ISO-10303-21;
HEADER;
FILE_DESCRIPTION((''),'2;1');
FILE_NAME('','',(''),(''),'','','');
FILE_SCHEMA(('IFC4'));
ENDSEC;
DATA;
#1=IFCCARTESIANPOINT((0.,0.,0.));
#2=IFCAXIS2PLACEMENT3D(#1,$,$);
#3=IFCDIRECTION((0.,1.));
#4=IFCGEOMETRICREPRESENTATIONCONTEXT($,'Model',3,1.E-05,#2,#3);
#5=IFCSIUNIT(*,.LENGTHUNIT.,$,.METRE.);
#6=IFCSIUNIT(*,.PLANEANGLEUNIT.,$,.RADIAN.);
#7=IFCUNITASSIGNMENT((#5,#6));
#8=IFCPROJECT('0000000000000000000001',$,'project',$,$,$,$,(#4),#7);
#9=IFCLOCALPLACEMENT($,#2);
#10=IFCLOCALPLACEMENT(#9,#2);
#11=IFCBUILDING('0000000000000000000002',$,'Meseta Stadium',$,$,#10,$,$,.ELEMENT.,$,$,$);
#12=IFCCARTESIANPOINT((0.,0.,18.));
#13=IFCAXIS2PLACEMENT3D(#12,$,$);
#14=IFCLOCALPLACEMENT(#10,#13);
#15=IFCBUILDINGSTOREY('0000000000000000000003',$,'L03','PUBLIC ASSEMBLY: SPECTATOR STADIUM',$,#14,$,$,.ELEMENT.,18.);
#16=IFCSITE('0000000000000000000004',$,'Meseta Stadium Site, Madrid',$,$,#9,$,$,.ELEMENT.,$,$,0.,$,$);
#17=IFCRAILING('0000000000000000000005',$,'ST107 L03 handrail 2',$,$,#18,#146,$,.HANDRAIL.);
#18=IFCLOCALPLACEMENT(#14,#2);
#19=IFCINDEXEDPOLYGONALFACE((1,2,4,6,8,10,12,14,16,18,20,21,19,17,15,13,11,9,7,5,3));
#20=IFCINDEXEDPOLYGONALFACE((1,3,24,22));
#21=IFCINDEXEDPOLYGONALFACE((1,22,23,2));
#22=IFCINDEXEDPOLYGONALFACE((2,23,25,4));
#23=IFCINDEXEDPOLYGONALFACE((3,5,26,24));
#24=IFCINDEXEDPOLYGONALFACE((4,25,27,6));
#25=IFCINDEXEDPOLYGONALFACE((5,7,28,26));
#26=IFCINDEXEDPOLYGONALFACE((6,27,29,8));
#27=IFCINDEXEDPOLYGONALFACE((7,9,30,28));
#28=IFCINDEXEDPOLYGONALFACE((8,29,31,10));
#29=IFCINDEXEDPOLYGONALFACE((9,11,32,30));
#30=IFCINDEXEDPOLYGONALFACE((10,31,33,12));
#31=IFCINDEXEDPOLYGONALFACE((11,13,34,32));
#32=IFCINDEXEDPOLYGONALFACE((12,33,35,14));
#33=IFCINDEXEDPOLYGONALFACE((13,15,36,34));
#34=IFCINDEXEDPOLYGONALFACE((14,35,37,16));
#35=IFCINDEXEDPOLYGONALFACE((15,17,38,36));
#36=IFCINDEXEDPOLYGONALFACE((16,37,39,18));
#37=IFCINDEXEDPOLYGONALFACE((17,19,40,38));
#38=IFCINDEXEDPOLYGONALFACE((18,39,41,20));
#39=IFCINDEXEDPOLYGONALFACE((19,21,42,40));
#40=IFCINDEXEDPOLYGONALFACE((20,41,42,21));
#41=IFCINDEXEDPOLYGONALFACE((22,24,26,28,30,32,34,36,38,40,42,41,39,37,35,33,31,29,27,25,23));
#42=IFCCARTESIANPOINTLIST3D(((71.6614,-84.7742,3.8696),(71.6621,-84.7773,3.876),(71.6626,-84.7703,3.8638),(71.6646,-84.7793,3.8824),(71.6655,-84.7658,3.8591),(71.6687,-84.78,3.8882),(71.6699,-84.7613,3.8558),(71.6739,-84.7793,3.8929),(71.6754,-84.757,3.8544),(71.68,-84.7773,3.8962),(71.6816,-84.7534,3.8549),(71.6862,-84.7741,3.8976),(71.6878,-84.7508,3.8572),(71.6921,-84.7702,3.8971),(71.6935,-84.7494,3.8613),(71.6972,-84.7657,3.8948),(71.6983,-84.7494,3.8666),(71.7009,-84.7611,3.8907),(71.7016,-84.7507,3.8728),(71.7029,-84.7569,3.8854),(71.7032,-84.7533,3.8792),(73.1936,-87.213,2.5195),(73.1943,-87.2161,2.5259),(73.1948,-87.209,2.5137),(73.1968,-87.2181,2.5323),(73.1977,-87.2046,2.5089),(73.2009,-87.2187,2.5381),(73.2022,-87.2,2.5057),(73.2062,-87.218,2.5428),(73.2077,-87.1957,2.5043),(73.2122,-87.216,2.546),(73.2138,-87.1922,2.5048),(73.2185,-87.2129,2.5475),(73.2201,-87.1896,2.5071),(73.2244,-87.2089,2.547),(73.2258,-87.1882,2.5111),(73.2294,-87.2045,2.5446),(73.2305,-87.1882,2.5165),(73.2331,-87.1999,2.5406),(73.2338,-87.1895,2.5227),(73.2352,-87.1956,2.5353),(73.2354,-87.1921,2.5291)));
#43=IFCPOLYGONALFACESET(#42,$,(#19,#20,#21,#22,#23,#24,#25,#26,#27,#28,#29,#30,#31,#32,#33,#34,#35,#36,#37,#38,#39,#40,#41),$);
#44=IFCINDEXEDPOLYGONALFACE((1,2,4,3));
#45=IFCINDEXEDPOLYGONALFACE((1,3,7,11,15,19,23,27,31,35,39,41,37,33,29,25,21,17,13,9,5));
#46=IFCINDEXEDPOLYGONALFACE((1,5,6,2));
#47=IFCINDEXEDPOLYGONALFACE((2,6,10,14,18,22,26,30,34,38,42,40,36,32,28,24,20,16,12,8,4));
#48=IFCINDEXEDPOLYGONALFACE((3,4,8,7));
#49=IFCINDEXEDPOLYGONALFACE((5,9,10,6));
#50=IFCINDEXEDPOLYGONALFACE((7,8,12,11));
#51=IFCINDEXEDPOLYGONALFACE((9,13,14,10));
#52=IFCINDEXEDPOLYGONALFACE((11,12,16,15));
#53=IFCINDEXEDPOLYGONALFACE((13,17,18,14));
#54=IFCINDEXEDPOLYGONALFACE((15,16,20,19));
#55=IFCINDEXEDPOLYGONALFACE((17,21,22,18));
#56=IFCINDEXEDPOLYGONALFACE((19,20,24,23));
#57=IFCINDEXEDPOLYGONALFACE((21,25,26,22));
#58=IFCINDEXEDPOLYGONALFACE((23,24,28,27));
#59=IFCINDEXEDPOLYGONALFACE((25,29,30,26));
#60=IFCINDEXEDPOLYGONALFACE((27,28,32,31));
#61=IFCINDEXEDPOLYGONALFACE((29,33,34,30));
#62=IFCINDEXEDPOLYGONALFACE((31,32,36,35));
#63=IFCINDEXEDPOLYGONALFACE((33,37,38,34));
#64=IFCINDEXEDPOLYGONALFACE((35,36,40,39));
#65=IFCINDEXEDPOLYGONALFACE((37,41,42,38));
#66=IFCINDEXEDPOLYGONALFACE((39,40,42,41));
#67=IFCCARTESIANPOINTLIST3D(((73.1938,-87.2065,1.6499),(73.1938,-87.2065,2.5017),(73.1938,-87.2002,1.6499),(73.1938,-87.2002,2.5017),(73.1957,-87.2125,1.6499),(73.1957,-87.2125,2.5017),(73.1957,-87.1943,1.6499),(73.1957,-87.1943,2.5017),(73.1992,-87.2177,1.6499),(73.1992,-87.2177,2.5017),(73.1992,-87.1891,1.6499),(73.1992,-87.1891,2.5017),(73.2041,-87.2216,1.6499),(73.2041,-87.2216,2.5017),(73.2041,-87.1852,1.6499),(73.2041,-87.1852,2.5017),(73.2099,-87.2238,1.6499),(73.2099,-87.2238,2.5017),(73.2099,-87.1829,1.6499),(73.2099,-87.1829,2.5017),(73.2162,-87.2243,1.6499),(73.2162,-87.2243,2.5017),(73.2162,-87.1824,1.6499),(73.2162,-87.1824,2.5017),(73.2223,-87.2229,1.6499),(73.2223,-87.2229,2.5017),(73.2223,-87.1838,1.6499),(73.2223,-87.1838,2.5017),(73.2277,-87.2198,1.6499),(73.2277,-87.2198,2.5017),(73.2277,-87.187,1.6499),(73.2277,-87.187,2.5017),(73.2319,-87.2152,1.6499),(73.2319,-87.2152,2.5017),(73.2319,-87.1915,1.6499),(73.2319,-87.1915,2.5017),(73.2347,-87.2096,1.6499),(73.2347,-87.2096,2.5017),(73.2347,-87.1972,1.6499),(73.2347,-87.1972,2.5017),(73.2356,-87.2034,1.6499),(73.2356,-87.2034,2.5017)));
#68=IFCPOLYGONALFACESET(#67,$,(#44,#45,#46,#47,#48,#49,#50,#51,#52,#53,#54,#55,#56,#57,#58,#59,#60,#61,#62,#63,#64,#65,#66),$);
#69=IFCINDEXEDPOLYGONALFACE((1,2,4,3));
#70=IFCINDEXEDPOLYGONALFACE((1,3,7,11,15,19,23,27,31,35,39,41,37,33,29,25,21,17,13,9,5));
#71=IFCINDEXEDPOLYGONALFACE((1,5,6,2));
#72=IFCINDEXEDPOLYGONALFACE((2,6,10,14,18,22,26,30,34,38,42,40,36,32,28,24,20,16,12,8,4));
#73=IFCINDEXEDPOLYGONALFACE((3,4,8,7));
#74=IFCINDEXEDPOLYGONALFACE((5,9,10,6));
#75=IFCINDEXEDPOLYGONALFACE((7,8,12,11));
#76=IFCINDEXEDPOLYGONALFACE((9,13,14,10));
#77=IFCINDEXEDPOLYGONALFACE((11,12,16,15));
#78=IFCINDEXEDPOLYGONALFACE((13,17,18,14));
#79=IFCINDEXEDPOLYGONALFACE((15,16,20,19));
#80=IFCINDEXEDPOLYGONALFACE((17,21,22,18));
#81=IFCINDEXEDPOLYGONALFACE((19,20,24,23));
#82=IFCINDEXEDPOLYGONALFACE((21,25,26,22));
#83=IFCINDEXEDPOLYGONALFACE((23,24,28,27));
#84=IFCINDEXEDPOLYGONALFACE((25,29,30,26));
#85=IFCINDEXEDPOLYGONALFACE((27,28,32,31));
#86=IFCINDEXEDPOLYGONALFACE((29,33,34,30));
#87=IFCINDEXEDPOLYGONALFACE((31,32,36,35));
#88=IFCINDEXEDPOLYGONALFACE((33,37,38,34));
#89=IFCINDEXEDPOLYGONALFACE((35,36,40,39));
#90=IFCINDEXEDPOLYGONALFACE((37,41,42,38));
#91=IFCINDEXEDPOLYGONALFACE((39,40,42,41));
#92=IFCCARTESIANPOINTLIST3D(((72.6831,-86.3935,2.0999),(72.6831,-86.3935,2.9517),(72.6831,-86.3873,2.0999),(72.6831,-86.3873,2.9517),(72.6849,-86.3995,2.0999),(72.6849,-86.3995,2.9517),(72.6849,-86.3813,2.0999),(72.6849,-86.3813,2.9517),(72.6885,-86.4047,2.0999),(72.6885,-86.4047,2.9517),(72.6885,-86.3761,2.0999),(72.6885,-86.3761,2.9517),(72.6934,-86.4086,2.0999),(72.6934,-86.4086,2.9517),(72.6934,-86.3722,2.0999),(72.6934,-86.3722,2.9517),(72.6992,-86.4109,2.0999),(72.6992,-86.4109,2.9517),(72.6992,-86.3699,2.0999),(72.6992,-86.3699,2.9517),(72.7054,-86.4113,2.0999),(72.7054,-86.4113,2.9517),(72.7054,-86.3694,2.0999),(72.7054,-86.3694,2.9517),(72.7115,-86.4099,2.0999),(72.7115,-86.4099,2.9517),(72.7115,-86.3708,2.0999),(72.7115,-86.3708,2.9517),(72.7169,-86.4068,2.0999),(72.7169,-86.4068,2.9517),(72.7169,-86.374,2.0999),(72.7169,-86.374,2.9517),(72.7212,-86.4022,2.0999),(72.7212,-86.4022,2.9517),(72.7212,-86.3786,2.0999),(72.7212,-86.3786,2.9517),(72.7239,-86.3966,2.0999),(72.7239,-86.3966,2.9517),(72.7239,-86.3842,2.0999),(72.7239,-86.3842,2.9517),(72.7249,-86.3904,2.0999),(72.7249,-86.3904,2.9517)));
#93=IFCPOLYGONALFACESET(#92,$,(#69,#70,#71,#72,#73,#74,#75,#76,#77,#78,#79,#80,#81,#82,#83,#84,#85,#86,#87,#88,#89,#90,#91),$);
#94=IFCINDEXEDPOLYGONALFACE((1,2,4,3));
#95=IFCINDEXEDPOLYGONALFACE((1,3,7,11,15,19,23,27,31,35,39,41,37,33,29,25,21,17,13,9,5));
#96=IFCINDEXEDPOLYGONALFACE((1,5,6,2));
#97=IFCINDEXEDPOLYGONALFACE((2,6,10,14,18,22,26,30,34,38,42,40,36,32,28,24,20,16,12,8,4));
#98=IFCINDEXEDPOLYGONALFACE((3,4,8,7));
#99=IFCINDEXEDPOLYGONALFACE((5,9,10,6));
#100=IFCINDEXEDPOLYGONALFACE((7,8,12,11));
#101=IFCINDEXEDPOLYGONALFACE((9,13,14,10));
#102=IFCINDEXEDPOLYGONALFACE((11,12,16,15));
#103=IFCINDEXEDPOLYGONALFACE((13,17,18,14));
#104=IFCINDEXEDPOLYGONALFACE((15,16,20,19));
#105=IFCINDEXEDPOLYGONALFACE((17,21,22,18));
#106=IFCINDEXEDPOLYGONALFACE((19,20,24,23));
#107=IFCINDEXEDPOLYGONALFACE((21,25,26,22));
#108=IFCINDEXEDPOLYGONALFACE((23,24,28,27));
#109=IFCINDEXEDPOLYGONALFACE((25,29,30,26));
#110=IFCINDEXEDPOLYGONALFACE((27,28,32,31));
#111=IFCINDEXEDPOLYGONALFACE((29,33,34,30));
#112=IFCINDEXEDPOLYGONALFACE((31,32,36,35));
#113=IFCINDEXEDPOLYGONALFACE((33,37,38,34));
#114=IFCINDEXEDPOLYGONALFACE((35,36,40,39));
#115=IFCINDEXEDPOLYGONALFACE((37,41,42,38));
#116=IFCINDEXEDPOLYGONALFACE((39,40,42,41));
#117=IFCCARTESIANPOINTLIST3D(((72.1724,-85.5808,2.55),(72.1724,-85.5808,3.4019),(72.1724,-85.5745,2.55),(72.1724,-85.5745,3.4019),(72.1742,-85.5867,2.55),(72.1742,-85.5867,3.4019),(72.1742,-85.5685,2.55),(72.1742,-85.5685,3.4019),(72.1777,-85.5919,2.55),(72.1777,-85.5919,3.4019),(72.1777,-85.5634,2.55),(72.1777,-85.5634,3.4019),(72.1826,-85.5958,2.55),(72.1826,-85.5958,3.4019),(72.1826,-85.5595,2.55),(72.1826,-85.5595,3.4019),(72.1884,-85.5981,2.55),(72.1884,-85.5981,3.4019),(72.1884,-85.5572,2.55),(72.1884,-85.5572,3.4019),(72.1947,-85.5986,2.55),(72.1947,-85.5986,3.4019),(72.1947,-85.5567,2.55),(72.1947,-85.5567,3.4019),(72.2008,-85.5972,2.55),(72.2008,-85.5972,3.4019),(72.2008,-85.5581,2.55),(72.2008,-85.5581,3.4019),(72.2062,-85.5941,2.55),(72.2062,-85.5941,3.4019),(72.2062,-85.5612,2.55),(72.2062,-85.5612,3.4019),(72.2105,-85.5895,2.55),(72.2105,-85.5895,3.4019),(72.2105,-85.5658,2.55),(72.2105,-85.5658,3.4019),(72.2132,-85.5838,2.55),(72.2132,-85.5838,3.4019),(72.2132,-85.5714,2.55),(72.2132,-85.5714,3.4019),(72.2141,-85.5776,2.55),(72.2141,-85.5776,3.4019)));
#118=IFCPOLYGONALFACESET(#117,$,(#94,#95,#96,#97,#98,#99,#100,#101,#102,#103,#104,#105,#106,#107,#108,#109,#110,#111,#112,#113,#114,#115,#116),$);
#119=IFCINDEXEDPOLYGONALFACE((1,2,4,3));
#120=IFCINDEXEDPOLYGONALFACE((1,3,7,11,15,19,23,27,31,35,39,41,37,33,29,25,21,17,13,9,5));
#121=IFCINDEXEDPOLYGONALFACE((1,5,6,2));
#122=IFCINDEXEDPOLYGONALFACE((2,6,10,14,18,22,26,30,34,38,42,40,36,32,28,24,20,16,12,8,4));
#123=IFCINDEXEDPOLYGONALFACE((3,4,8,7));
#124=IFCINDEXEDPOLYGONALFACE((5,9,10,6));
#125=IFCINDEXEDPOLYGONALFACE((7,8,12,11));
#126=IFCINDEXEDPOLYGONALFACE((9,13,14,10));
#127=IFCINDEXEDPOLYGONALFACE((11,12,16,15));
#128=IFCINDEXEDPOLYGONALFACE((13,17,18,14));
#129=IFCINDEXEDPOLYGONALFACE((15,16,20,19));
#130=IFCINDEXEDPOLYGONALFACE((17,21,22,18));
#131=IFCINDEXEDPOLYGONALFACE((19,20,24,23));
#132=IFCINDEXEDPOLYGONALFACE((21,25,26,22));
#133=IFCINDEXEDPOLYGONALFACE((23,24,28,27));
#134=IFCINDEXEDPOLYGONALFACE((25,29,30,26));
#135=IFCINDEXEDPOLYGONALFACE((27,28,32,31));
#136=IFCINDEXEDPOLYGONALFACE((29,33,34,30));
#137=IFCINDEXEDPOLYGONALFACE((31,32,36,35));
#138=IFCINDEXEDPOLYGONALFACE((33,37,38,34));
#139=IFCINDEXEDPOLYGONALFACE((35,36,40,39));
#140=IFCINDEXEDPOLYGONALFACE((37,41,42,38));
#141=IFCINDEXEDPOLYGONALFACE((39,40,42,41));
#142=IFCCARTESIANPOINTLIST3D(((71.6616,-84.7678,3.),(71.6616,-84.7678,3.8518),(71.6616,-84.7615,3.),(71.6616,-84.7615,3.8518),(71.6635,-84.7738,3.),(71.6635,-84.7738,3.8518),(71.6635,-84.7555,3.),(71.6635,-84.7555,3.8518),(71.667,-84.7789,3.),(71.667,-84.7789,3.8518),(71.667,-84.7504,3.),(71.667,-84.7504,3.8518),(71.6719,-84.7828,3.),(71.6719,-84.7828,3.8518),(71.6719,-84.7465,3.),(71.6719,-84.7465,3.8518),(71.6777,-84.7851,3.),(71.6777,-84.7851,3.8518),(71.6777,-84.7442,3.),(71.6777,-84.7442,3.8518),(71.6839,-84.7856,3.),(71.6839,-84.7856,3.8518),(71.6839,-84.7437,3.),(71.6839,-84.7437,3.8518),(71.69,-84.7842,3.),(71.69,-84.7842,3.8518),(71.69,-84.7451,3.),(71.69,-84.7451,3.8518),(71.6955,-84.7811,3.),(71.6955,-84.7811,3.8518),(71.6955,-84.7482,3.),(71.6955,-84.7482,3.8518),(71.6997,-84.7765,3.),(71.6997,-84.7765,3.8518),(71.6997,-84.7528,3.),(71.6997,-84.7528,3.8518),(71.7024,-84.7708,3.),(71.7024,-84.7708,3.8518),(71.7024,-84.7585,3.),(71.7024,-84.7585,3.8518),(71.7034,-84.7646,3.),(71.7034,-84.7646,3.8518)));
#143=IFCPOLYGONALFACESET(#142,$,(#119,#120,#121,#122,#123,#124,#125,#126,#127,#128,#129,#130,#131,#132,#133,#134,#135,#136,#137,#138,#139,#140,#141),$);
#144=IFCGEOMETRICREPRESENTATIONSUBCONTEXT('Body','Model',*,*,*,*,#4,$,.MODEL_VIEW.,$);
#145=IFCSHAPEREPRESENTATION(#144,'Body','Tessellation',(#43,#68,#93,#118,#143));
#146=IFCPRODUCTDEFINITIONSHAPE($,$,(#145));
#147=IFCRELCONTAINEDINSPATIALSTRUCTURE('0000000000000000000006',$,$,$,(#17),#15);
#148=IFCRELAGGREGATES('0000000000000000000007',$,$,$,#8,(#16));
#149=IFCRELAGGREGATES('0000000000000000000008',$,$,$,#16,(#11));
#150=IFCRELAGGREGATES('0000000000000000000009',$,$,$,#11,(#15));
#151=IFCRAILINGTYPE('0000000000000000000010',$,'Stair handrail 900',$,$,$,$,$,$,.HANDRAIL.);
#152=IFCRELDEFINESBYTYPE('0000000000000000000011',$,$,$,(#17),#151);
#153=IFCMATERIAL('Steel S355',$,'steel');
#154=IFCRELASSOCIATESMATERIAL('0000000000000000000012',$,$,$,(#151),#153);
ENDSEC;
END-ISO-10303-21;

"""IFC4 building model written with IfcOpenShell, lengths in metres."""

from ifc_helpers import new_model, si_unit, direction, frame, origin, origin_2d, place, context, subcontext, project, spatial, circle, extrude, material, type_object, element, save


model = new_model("IFC4")

# Units and contexts
model_context = context("Model", 3, precision=1e-05, world=origin(), true_north=direction((0.0, 1.0)))
body_context = subcontext(model_context, "Body", "Model", "MODEL_VIEW")
ifc_project = project(units=[si_unit("LENGTHUNIT", "METRE"), si_unit("PLANEANGLEUNIT", "RADIAN")], contexts=[model_context])

# Site, building, storey
site_placement = place(None, origin())
site = spatial("IfcSite", under=ifc_project, at=site_placement, Name="Meseta Stadium Site, Madrid", CompositionType="ELEMENT", RefElevation=0.0)
building_placement = place(site_placement, origin())
building = spatial("IfcBuilding", under=site, at=building_placement, Name="Meseta Stadium", CompositionType="ELEMENT")
storey_placement = place(building_placement, frame((0.0, 0.0, 18.0)))
storey = spatial("IfcBuildingStorey", under=building, at=storey_placement, Name="L03", Description="PUBLIC ASSEMBLY: SPECTATOR STADIUM", CompositionType="ELEMENT", Elevation=18.0)

# Railing
ifc_material_1 = material(Name="Steel S355", Category="steel")
railing_type_1 = type_object("IfcRailingType", Name="Stair handrail 900", PredefinedType="HANDRAIL", material=ifc_material_1)
railing_1_placement = place(storey_placement, frame((73.2146, -87.2034, 1.6499)))
element("IfcRailing", 1, at=railing_1_placement, inside=storey, type_object=railing_type_1, Name="ST107 L03 handrail 2", PredefinedType="HANDRAIL", context=body_context, shape_type="SweptSolid", body=[
    extrude(circle(Radius=0.0239, at=origin_2d()), frame((0.0, 0.0, 0.876), z_axis=(-0.481703, 0.766687, 0.424445), x_axis=(-0.846743, -0.532001, 0.0)), (0.0, 0.0, 1.0), 3.1809),
    extrude(circle(Radius=0.021, at=origin_2d()), origin(), (0.0, 0.0, 1.0), 0.8518),
    extrude(circle(Radius=0.021, at=origin_2d()), frame((-0.5107, 0.813, 0.45)), (0.0, 0.0, 1.0), 0.8518),
    extrude(circle(Radius=0.021, at=origin_2d()), frame((-1.0215, 1.6257, 0.9001)), (0.0, 0.0, 1.0), 0.8518),
    extrude(circle(Radius=0.021, at=origin_2d()), frame((-1.5322, 2.4387, 1.3501)), (0.0, 0.0, 1.0), 0.8518),
])

save(model, "model.ifc")
